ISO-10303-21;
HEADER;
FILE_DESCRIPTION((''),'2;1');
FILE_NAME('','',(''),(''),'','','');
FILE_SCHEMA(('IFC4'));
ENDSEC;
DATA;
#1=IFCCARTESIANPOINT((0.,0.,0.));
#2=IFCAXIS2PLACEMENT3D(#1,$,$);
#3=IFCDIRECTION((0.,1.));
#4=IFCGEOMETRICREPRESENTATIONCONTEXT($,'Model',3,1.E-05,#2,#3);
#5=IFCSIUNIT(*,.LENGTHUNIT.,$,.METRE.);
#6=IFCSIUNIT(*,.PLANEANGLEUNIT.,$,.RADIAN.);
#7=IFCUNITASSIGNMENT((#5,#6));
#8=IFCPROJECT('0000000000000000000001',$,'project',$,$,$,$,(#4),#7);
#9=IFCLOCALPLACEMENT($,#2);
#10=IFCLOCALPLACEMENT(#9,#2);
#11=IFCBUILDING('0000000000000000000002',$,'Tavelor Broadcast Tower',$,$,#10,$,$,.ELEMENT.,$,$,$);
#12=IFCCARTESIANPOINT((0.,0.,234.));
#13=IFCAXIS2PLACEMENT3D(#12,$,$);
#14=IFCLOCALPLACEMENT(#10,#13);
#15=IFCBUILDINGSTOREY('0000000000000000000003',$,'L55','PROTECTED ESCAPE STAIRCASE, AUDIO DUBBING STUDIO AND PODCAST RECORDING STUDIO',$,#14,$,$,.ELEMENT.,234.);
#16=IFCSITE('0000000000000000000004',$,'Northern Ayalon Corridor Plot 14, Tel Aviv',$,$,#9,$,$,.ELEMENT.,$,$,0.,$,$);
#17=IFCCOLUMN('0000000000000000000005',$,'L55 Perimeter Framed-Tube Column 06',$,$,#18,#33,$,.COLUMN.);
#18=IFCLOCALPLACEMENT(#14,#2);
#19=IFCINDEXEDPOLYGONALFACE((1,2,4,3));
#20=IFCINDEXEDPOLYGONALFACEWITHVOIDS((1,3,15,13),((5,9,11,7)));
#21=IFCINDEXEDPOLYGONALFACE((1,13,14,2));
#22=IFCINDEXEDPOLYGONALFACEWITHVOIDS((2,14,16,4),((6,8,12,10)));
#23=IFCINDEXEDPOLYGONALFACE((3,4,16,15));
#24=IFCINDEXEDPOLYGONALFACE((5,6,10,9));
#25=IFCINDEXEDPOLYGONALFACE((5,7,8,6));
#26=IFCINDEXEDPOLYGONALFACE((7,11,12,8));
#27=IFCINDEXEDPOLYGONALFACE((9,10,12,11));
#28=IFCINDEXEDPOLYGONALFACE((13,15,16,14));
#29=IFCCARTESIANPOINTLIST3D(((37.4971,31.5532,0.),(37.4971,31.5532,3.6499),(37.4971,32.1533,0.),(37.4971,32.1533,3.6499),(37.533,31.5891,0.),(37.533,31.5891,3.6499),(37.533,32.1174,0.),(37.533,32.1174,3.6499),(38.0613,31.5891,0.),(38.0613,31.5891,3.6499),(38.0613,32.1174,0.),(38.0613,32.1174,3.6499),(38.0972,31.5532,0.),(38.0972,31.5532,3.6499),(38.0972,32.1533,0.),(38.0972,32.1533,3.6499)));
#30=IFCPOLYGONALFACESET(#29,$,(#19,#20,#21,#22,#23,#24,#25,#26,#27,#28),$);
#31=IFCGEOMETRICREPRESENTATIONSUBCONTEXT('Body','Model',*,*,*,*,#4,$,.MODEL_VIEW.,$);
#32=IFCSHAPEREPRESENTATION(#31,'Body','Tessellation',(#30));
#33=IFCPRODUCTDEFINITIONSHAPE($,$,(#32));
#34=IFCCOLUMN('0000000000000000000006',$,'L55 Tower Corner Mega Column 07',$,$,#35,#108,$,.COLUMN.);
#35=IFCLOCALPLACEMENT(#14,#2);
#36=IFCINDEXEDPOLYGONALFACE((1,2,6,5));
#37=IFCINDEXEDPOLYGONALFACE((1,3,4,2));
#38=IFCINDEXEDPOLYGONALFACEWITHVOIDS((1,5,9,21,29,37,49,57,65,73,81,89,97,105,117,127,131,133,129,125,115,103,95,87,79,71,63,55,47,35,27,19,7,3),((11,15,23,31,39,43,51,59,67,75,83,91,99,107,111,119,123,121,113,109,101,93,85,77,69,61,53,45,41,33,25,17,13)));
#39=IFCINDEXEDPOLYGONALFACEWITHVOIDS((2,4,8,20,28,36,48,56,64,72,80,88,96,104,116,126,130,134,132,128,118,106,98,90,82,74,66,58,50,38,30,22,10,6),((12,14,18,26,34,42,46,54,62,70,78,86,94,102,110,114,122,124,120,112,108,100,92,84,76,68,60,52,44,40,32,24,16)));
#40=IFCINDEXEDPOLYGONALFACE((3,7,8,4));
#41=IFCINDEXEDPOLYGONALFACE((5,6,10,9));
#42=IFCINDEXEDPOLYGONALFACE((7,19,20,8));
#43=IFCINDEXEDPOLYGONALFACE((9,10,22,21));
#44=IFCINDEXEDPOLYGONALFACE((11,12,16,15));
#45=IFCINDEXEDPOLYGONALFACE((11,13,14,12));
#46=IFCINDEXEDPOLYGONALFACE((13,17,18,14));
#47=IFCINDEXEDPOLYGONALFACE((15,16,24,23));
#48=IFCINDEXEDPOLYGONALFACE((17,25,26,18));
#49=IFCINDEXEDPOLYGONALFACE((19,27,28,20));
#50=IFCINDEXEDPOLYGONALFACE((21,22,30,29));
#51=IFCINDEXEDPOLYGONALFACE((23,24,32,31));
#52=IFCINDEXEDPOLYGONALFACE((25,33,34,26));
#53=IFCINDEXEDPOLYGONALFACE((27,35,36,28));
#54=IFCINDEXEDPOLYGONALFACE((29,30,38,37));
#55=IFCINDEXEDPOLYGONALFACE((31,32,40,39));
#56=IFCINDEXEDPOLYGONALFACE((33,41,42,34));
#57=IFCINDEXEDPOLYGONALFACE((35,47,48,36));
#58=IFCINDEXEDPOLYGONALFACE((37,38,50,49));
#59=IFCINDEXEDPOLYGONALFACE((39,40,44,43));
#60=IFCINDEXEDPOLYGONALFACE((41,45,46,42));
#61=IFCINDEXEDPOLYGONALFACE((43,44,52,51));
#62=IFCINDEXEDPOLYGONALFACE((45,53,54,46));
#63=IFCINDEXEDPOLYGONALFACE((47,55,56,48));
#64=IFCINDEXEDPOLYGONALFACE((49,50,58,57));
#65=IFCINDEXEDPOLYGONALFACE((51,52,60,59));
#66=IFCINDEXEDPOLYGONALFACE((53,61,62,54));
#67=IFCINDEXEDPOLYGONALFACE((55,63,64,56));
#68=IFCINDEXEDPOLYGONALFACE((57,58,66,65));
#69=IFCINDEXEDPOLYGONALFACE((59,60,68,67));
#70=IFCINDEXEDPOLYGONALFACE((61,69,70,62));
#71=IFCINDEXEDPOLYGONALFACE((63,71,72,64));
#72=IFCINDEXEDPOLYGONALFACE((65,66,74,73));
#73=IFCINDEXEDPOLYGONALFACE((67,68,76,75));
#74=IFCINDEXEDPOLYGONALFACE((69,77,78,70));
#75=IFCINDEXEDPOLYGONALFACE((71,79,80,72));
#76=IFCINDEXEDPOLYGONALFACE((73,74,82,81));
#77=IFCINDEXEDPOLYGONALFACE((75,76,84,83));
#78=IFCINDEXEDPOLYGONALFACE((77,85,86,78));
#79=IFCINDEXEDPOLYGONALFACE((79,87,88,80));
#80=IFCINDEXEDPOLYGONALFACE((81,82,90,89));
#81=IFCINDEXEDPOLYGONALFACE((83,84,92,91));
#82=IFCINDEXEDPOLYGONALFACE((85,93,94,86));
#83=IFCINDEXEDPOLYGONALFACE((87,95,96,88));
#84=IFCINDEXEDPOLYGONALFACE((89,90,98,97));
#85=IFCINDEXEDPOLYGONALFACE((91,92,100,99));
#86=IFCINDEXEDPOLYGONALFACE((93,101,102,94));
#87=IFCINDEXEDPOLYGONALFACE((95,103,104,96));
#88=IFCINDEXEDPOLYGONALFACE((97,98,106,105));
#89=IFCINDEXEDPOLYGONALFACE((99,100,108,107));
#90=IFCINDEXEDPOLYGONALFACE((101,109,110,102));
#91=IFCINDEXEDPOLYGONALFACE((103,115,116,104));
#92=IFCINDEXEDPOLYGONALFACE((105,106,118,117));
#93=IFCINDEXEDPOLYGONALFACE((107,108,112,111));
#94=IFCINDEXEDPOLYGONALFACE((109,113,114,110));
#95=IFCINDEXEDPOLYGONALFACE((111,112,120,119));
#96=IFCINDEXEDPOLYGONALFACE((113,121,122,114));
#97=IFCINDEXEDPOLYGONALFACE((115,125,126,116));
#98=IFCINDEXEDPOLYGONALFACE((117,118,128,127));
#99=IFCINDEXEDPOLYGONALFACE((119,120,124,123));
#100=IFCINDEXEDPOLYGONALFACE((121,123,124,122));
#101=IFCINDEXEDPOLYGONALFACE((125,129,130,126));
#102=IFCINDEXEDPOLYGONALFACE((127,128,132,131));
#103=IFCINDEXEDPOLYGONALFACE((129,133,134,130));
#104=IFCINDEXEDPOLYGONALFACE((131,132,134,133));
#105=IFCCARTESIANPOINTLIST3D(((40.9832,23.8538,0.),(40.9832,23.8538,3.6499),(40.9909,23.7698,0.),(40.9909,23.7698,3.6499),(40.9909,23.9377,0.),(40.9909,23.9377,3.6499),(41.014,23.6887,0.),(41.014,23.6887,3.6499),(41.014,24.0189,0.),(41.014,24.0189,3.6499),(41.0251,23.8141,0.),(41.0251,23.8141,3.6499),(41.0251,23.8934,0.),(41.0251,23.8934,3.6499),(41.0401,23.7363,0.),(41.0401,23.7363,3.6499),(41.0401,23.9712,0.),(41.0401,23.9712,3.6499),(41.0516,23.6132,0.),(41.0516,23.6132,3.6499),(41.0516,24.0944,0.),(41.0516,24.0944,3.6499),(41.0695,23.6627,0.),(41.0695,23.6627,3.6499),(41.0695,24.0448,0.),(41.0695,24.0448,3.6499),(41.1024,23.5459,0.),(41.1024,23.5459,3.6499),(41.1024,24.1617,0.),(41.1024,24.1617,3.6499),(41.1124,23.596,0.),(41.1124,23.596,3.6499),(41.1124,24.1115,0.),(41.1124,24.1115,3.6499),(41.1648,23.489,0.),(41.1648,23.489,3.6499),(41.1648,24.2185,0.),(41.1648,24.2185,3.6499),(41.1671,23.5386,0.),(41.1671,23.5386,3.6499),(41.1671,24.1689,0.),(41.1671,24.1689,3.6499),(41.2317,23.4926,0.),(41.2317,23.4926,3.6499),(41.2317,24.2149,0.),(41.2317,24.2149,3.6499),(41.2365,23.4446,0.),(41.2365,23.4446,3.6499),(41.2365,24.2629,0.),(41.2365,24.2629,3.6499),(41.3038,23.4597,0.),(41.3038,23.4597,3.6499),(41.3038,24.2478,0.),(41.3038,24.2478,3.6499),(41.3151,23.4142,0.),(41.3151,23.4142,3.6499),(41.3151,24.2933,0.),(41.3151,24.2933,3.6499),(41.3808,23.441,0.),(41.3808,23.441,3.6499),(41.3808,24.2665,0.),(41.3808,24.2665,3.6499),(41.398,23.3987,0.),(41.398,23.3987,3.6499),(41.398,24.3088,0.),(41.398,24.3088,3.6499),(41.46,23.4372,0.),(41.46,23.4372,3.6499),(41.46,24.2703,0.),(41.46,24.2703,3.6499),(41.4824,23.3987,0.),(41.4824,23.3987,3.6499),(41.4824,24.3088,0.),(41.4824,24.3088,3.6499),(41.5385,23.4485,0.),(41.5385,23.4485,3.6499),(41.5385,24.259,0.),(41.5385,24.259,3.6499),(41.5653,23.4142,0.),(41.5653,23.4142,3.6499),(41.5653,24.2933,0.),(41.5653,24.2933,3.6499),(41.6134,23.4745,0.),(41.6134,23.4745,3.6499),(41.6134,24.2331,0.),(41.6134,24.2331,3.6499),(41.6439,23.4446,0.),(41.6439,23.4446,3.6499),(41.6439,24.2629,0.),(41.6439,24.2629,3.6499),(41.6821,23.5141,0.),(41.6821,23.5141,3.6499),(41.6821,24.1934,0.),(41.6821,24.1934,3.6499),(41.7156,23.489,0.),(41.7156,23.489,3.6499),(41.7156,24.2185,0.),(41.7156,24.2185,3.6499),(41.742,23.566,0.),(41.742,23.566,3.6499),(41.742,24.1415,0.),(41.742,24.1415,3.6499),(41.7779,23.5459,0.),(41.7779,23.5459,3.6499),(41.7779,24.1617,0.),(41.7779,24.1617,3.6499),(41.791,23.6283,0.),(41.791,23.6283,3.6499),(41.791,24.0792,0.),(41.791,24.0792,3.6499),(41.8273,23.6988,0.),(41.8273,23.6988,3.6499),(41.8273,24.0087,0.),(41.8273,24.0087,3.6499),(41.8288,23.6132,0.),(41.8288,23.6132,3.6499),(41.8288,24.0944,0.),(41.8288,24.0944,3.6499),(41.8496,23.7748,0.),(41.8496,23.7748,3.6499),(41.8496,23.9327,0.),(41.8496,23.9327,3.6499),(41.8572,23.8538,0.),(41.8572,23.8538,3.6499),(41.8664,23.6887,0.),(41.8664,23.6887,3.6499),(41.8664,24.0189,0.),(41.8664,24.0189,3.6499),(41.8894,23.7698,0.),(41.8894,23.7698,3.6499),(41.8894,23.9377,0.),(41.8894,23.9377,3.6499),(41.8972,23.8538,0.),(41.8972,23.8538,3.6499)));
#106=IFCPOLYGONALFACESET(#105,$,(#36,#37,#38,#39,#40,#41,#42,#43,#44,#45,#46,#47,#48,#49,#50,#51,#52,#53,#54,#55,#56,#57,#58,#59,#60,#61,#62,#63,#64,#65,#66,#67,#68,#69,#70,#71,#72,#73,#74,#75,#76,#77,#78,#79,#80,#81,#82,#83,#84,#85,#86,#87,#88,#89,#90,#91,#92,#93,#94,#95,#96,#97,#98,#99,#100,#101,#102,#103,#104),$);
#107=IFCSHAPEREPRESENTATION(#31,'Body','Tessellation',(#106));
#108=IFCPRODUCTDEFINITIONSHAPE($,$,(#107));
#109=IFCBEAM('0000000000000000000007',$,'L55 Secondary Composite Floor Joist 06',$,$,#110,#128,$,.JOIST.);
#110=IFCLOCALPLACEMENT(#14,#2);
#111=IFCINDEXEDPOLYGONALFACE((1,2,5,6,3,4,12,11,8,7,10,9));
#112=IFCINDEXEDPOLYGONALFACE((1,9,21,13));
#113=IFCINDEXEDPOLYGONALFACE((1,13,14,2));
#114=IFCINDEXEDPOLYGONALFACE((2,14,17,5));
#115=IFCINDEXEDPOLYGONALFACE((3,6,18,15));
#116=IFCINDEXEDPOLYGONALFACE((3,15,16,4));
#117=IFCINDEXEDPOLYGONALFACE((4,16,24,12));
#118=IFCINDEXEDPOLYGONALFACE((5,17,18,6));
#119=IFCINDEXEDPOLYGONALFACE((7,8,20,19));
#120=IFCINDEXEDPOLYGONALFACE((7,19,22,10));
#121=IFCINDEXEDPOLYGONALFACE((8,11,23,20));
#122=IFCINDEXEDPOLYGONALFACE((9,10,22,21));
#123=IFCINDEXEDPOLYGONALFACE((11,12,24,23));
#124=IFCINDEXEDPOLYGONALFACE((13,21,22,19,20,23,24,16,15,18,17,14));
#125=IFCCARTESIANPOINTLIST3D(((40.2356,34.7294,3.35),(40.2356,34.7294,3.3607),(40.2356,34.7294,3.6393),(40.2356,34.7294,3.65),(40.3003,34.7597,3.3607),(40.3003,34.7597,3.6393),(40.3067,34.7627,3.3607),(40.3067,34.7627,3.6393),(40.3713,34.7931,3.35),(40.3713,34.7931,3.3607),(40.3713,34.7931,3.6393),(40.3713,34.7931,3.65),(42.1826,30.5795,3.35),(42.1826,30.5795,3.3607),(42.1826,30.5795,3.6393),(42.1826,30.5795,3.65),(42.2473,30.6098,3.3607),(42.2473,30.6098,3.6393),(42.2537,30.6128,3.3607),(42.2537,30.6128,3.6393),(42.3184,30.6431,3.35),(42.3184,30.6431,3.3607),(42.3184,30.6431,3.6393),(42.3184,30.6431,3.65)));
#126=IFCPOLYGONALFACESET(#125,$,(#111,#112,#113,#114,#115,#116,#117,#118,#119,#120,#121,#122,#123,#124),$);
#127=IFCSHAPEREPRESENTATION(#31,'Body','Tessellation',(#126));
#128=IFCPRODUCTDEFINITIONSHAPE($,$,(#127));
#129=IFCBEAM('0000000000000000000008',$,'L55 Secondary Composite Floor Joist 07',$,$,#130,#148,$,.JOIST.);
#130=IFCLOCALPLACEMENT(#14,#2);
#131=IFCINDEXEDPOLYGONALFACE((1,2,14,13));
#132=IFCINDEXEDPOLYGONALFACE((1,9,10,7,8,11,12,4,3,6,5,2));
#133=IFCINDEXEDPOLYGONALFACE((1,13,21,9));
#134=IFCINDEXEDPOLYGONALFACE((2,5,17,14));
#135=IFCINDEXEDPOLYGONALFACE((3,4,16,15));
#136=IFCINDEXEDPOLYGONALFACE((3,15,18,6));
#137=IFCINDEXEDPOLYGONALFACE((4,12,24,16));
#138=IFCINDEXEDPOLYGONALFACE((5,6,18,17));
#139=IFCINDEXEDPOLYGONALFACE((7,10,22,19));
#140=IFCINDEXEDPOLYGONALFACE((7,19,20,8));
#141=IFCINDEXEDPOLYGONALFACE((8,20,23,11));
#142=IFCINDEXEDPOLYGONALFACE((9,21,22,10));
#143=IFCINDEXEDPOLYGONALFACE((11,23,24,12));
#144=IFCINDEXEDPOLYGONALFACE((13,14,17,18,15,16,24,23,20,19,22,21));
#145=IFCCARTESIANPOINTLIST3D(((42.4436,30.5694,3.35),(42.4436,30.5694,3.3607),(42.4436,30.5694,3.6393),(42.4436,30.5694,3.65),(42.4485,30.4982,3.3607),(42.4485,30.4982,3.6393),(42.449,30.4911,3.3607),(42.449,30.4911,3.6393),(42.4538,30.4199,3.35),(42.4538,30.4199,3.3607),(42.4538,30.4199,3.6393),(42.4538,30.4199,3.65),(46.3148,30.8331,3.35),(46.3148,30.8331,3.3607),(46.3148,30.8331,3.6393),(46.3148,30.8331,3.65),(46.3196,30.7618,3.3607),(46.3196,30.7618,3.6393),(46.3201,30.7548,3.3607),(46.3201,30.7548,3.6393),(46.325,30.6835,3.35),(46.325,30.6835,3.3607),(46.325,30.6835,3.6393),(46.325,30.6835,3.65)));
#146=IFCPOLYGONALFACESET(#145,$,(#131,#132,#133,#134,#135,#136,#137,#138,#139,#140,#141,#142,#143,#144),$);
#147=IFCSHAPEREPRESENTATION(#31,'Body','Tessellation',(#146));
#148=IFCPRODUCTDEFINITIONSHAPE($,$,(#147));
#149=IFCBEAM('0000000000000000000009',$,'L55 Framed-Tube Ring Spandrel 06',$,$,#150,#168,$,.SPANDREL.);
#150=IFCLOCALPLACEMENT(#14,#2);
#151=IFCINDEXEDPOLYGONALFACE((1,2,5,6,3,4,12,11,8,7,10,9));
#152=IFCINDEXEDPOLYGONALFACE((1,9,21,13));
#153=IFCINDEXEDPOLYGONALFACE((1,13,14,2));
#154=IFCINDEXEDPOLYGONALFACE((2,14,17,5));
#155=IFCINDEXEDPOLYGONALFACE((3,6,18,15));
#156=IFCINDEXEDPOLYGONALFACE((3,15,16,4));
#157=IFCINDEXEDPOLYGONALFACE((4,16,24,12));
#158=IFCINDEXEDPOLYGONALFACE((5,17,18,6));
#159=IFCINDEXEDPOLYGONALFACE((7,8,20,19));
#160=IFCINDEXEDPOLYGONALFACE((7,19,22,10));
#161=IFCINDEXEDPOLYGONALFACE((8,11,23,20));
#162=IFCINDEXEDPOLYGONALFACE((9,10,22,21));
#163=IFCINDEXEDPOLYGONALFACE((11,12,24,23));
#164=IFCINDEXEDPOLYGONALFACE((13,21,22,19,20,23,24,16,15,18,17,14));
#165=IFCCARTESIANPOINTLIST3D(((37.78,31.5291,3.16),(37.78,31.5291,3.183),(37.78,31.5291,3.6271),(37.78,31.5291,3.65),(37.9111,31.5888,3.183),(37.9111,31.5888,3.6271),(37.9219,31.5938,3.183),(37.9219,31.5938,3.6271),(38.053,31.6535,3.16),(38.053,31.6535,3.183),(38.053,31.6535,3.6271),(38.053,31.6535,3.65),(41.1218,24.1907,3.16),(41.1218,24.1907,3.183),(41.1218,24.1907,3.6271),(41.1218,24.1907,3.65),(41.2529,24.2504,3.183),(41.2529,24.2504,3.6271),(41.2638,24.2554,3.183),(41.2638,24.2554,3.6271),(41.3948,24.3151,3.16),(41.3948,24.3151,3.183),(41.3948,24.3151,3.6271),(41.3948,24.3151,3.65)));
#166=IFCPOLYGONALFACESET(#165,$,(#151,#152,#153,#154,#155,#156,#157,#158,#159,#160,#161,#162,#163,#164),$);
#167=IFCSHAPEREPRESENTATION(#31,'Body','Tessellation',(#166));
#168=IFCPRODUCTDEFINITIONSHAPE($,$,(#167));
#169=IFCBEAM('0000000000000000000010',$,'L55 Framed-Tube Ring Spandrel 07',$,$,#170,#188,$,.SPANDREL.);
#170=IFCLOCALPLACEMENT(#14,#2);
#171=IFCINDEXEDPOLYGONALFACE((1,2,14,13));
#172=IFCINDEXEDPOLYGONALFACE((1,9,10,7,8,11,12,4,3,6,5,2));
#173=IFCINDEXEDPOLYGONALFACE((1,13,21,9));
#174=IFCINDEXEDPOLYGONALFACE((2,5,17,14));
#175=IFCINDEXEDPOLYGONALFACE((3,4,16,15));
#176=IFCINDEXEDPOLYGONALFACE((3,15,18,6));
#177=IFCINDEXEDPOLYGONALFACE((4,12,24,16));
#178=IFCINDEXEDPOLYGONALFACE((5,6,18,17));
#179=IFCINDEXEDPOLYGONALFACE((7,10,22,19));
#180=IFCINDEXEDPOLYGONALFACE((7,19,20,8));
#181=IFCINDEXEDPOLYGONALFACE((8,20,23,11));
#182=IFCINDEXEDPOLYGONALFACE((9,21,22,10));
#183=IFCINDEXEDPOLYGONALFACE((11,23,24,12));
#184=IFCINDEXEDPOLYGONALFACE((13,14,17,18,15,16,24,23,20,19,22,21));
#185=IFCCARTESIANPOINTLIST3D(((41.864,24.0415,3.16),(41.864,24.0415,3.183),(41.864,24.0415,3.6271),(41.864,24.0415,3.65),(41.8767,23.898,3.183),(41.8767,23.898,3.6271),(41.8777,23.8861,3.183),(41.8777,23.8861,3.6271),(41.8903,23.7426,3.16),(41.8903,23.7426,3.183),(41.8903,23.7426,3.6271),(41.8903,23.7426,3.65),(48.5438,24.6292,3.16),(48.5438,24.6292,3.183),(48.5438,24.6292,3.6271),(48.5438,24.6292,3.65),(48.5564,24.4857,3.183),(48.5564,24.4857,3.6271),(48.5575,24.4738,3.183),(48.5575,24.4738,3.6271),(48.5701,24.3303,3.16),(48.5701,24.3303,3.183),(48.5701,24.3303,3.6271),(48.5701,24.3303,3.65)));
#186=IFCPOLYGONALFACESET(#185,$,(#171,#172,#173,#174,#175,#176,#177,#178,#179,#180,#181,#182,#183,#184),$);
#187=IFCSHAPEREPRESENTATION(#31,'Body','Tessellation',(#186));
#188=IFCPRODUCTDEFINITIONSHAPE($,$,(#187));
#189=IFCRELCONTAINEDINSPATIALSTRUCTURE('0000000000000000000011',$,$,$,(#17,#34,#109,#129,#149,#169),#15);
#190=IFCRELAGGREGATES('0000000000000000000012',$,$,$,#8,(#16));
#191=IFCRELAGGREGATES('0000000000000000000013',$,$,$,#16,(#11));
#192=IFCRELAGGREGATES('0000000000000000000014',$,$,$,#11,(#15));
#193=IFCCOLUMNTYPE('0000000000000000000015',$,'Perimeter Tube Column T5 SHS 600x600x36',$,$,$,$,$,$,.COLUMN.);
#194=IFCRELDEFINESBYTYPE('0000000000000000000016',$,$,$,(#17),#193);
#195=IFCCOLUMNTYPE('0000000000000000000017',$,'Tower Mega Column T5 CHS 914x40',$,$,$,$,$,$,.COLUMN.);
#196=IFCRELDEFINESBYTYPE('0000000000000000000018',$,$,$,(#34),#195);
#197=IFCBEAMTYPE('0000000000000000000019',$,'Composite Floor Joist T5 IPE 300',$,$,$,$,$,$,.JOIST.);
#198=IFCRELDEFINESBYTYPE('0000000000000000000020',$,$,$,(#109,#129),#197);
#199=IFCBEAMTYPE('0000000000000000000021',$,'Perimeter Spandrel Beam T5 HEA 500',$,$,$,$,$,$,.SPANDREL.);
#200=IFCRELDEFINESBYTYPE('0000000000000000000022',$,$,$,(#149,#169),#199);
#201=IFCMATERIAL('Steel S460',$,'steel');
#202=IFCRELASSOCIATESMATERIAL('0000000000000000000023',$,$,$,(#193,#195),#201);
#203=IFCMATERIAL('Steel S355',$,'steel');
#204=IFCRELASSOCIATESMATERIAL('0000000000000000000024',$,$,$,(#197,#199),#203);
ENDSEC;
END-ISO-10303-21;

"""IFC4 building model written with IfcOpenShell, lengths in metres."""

from ifc_helpers import new_model, si_unit, direction, frame, origin, origin_2d, place, context, subcontext, project, spatial, hollow_rectangle, hollow_circle, i_section, extrude, material, material_profile, profile_set, type_object, element, save


model = new_model("IFC4")

# Units and contexts
model_context = context("Model", 3, precision=1e-05, world=origin(), true_north=direction((0.0, 1.0)))
body_context = subcontext(model_context, "Body", "Model", "MODEL_VIEW")
ifc_project = project(units=[si_unit("LENGTHUNIT", "METRE"), si_unit("PLANEANGLEUNIT", "RADIAN")], contexts=[model_context])

# Site, building, storey
site_placement = place(None, origin())
site = spatial("IfcSite", under=ifc_project, at=site_placement, Name="Northern Ayalon Corridor Plot 14, Tel Aviv", CompositionType="ELEMENT", RefElevation=0.0)
building_placement = place(site_placement, origin())
building = spatial("IfcBuilding", under=site, at=building_placement, Name="Tavelor Broadcast Tower", CompositionType="ELEMENT")
storey_placement = place(building_placement, frame((0.0, 0.0, 234.0)))
storey = spatial("IfcBuildingStorey", under=building, at=storey_placement, Name="L55", Description="PROTECTED ESCAPE STAIRCASE, AUDIO DUBBING STUDIO AND PODCAST RECORDING STUDIO", CompositionType="ELEMENT", Elevation=234.0)

# Columns
ifc_material_1 = material(Name="Steel S460", Category="steel")
ifc_material_profile_1 = material_profile(ifc_material_1, hollow_rectangle(XDim=0.6001, YDim=0.6001, WallThickness=0.0359, at=origin_2d()), Name="SHS 600x600x36")
ifc_profile_set_1 = profile_set([ifc_material_profile_1], Name="Steel S460")
column_type_1 = type_object("IfcColumnType", Name="Perimeter Tube Column T5 SHS 600x600x36", PredefinedType="COLUMN", material=ifc_profile_set_1)
column_1_placement = place(storey_placement, frame((37.7971, 31.8533, 0.0), z_axis=(0.0, 0.0, 1.0), x_axis=(1.0, 0.0, 0.0)))
element("IfcColumn", 1, at=column_1_placement, inside=storey, type_object=column_type_1, Name="L55 Perimeter Framed-Tube Column 06", PredefinedType="COLUMN", context=body_context, shape_type="SweptSolid", body=[
    extrude(hollow_rectangle(XDim=0.6001, YDim=0.6001, WallThickness=0.0359, at=origin_2d()), origin(), (0.0, 0.0, 1.0), 3.6499),
])
ifc_material_profile_2 = material_profile(ifc_material_1, hollow_circle(Radius=0.457, WallThickness=0.04, at=origin_2d()), Name="CHS 914x40")
ifc_profile_set_2 = profile_set([ifc_material_profile_2], Name="Steel S460")
column_type_2 = type_object("IfcColumnType", Name="Tower Mega Column T5 CHS 914x40", PredefinedType="COLUMN", material=ifc_profile_set_2)
column_2_placement = place(storey_placement, frame((41.4402, 23.8538, 0.0), z_axis=(0.0, 0.0, 1.0), x_axis=(1.0, 0.0, 0.0)))
element("IfcColumn", 2, at=column_2_placement, inside=storey, type_object=column_type_2, Name="L55 Tower Corner Mega Column 07", PredefinedType="COLUMN", context=body_context, shape_type="SweptSolid", body=[
    extrude(hollow_circle(Radius=0.457, WallThickness=0.04, at=origin_2d()), origin(), (0.0, 0.0, 1.0), 3.6499),
])

# Beams
ifc_material_2 = material(Name="Steel S355", Category="steel")
ifc_material_profile_3 = material_profile(ifc_material_2, i_section(OverallWidth=0.1499, OverallDepth=0.3, WebThickness=0.0071, FlangeThickness=0.0107, at=origin_2d()), Name="IPE 300")
ifc_profile_set_3 = profile_set([ifc_material_profile_3], Name="Steel S355")
beam_type_1 = type_object("IfcBeamType", Name="Composite Floor Joist T5 IPE 300", PredefinedType="JOIST", material=ifc_profile_set_3)
beam_1_placement = place(storey_placement, frame((40.3035, 34.7612, 3.5), z_axis=(0.424748, -0.905312, 0.0), x_axis=(0.905312, 0.424748, 0.0)))
element("IfcBeam", 3, at=beam_1_placement, inside=storey, type_object=beam_type_1, Name="L55 Secondary Composite Floor Joist 06", PredefinedType="JOIST", context=body_context, shape_type="SweptSolid", body=[
    extrude(i_section(OverallWidth=0.1499, OverallDepth=0.3, WebThickness=0.0071, FlangeThickness=0.0107, at=origin_2d()), origin(), (0.0, 0.0, 1.0), 4.584),
])
beam_2_placement = place(storey_placement, frame((42.4487, 30.4946, 3.5), z_axis=(0.997688, 0.067956, 0.0), x_axis=(-0.067956, 0.997688, 0.0)))
element("IfcBeam", 4, at=beam_2_placement, inside=storey, type_object=beam_type_1, Name="L55 Secondary Composite Floor Joist 07", PredefinedType="JOIST", context=body_context, shape_type="SweptSolid", body=[
    extrude(i_section(OverallWidth=0.1499, OverallDepth=0.3, WebThickness=0.0071, FlangeThickness=0.0107, at=origin_2d()), origin(), (0.0, 0.0, 1.0), 3.8801),
])
ifc_material_profile_4 = material_profile(ifc_material_2, i_section(OverallWidth=0.3, OverallDepth=0.49, WebThickness=0.012, FlangeThickness=0.0229, at=origin_2d()), Name="HEA 500")
ifc_profile_set_4 = profile_set([ifc_material_profile_4], Name="Steel S355")
beam_type_2 = type_object("IfcBeamType", Name="Perimeter Spandrel Beam T5 HEA 500", PredefinedType="SPANDREL", material=ifc_profile_set_4)
beam_3_placement = place(storey_placement, frame((37.9165, 31.5913, 3.405), z_axis=(0.414437, -0.910078, 0.0), x_axis=(0.910078, 0.414437, 0.0)))
element("IfcBeam", 5, at=beam_3_placement, inside=storey, type_object=beam_type_2, Name="L55 Framed-Tube Ring Spandrel 06", PredefinedType="SPANDREL", context=body_context, shape_type="SweptSolid", body=[
    extrude(i_section(OverallWidth=0.3, OverallDepth=0.49, WebThickness=0.012, FlangeThickness=0.0229, at=origin_2d()), origin(), (0.0, 0.0, 1.0), 8.0635),
])
beam_4_placement = place(storey_placement, frame((41.8772, 23.8921, 3.405), z_axis=(0.996153, 0.087637, 0.0), x_axis=(-0.087637, 0.996153, 0.0)))
element("IfcBeam", 6, at=beam_4_placement, inside=storey, type_object=beam_type_2, Name="L55 Framed-Tube Ring Spandrel 07", PredefinedType="SPANDREL", context=body_context, shape_type="SweptSolid", body=[
    extrude(i_section(OverallWidth=0.3, OverallDepth=0.49, WebThickness=0.012, FlangeThickness=0.0229, at=origin_2d()), origin(), (0.0, 0.0, 1.0), 6.7056),
])

save(model, "model.ifc")
